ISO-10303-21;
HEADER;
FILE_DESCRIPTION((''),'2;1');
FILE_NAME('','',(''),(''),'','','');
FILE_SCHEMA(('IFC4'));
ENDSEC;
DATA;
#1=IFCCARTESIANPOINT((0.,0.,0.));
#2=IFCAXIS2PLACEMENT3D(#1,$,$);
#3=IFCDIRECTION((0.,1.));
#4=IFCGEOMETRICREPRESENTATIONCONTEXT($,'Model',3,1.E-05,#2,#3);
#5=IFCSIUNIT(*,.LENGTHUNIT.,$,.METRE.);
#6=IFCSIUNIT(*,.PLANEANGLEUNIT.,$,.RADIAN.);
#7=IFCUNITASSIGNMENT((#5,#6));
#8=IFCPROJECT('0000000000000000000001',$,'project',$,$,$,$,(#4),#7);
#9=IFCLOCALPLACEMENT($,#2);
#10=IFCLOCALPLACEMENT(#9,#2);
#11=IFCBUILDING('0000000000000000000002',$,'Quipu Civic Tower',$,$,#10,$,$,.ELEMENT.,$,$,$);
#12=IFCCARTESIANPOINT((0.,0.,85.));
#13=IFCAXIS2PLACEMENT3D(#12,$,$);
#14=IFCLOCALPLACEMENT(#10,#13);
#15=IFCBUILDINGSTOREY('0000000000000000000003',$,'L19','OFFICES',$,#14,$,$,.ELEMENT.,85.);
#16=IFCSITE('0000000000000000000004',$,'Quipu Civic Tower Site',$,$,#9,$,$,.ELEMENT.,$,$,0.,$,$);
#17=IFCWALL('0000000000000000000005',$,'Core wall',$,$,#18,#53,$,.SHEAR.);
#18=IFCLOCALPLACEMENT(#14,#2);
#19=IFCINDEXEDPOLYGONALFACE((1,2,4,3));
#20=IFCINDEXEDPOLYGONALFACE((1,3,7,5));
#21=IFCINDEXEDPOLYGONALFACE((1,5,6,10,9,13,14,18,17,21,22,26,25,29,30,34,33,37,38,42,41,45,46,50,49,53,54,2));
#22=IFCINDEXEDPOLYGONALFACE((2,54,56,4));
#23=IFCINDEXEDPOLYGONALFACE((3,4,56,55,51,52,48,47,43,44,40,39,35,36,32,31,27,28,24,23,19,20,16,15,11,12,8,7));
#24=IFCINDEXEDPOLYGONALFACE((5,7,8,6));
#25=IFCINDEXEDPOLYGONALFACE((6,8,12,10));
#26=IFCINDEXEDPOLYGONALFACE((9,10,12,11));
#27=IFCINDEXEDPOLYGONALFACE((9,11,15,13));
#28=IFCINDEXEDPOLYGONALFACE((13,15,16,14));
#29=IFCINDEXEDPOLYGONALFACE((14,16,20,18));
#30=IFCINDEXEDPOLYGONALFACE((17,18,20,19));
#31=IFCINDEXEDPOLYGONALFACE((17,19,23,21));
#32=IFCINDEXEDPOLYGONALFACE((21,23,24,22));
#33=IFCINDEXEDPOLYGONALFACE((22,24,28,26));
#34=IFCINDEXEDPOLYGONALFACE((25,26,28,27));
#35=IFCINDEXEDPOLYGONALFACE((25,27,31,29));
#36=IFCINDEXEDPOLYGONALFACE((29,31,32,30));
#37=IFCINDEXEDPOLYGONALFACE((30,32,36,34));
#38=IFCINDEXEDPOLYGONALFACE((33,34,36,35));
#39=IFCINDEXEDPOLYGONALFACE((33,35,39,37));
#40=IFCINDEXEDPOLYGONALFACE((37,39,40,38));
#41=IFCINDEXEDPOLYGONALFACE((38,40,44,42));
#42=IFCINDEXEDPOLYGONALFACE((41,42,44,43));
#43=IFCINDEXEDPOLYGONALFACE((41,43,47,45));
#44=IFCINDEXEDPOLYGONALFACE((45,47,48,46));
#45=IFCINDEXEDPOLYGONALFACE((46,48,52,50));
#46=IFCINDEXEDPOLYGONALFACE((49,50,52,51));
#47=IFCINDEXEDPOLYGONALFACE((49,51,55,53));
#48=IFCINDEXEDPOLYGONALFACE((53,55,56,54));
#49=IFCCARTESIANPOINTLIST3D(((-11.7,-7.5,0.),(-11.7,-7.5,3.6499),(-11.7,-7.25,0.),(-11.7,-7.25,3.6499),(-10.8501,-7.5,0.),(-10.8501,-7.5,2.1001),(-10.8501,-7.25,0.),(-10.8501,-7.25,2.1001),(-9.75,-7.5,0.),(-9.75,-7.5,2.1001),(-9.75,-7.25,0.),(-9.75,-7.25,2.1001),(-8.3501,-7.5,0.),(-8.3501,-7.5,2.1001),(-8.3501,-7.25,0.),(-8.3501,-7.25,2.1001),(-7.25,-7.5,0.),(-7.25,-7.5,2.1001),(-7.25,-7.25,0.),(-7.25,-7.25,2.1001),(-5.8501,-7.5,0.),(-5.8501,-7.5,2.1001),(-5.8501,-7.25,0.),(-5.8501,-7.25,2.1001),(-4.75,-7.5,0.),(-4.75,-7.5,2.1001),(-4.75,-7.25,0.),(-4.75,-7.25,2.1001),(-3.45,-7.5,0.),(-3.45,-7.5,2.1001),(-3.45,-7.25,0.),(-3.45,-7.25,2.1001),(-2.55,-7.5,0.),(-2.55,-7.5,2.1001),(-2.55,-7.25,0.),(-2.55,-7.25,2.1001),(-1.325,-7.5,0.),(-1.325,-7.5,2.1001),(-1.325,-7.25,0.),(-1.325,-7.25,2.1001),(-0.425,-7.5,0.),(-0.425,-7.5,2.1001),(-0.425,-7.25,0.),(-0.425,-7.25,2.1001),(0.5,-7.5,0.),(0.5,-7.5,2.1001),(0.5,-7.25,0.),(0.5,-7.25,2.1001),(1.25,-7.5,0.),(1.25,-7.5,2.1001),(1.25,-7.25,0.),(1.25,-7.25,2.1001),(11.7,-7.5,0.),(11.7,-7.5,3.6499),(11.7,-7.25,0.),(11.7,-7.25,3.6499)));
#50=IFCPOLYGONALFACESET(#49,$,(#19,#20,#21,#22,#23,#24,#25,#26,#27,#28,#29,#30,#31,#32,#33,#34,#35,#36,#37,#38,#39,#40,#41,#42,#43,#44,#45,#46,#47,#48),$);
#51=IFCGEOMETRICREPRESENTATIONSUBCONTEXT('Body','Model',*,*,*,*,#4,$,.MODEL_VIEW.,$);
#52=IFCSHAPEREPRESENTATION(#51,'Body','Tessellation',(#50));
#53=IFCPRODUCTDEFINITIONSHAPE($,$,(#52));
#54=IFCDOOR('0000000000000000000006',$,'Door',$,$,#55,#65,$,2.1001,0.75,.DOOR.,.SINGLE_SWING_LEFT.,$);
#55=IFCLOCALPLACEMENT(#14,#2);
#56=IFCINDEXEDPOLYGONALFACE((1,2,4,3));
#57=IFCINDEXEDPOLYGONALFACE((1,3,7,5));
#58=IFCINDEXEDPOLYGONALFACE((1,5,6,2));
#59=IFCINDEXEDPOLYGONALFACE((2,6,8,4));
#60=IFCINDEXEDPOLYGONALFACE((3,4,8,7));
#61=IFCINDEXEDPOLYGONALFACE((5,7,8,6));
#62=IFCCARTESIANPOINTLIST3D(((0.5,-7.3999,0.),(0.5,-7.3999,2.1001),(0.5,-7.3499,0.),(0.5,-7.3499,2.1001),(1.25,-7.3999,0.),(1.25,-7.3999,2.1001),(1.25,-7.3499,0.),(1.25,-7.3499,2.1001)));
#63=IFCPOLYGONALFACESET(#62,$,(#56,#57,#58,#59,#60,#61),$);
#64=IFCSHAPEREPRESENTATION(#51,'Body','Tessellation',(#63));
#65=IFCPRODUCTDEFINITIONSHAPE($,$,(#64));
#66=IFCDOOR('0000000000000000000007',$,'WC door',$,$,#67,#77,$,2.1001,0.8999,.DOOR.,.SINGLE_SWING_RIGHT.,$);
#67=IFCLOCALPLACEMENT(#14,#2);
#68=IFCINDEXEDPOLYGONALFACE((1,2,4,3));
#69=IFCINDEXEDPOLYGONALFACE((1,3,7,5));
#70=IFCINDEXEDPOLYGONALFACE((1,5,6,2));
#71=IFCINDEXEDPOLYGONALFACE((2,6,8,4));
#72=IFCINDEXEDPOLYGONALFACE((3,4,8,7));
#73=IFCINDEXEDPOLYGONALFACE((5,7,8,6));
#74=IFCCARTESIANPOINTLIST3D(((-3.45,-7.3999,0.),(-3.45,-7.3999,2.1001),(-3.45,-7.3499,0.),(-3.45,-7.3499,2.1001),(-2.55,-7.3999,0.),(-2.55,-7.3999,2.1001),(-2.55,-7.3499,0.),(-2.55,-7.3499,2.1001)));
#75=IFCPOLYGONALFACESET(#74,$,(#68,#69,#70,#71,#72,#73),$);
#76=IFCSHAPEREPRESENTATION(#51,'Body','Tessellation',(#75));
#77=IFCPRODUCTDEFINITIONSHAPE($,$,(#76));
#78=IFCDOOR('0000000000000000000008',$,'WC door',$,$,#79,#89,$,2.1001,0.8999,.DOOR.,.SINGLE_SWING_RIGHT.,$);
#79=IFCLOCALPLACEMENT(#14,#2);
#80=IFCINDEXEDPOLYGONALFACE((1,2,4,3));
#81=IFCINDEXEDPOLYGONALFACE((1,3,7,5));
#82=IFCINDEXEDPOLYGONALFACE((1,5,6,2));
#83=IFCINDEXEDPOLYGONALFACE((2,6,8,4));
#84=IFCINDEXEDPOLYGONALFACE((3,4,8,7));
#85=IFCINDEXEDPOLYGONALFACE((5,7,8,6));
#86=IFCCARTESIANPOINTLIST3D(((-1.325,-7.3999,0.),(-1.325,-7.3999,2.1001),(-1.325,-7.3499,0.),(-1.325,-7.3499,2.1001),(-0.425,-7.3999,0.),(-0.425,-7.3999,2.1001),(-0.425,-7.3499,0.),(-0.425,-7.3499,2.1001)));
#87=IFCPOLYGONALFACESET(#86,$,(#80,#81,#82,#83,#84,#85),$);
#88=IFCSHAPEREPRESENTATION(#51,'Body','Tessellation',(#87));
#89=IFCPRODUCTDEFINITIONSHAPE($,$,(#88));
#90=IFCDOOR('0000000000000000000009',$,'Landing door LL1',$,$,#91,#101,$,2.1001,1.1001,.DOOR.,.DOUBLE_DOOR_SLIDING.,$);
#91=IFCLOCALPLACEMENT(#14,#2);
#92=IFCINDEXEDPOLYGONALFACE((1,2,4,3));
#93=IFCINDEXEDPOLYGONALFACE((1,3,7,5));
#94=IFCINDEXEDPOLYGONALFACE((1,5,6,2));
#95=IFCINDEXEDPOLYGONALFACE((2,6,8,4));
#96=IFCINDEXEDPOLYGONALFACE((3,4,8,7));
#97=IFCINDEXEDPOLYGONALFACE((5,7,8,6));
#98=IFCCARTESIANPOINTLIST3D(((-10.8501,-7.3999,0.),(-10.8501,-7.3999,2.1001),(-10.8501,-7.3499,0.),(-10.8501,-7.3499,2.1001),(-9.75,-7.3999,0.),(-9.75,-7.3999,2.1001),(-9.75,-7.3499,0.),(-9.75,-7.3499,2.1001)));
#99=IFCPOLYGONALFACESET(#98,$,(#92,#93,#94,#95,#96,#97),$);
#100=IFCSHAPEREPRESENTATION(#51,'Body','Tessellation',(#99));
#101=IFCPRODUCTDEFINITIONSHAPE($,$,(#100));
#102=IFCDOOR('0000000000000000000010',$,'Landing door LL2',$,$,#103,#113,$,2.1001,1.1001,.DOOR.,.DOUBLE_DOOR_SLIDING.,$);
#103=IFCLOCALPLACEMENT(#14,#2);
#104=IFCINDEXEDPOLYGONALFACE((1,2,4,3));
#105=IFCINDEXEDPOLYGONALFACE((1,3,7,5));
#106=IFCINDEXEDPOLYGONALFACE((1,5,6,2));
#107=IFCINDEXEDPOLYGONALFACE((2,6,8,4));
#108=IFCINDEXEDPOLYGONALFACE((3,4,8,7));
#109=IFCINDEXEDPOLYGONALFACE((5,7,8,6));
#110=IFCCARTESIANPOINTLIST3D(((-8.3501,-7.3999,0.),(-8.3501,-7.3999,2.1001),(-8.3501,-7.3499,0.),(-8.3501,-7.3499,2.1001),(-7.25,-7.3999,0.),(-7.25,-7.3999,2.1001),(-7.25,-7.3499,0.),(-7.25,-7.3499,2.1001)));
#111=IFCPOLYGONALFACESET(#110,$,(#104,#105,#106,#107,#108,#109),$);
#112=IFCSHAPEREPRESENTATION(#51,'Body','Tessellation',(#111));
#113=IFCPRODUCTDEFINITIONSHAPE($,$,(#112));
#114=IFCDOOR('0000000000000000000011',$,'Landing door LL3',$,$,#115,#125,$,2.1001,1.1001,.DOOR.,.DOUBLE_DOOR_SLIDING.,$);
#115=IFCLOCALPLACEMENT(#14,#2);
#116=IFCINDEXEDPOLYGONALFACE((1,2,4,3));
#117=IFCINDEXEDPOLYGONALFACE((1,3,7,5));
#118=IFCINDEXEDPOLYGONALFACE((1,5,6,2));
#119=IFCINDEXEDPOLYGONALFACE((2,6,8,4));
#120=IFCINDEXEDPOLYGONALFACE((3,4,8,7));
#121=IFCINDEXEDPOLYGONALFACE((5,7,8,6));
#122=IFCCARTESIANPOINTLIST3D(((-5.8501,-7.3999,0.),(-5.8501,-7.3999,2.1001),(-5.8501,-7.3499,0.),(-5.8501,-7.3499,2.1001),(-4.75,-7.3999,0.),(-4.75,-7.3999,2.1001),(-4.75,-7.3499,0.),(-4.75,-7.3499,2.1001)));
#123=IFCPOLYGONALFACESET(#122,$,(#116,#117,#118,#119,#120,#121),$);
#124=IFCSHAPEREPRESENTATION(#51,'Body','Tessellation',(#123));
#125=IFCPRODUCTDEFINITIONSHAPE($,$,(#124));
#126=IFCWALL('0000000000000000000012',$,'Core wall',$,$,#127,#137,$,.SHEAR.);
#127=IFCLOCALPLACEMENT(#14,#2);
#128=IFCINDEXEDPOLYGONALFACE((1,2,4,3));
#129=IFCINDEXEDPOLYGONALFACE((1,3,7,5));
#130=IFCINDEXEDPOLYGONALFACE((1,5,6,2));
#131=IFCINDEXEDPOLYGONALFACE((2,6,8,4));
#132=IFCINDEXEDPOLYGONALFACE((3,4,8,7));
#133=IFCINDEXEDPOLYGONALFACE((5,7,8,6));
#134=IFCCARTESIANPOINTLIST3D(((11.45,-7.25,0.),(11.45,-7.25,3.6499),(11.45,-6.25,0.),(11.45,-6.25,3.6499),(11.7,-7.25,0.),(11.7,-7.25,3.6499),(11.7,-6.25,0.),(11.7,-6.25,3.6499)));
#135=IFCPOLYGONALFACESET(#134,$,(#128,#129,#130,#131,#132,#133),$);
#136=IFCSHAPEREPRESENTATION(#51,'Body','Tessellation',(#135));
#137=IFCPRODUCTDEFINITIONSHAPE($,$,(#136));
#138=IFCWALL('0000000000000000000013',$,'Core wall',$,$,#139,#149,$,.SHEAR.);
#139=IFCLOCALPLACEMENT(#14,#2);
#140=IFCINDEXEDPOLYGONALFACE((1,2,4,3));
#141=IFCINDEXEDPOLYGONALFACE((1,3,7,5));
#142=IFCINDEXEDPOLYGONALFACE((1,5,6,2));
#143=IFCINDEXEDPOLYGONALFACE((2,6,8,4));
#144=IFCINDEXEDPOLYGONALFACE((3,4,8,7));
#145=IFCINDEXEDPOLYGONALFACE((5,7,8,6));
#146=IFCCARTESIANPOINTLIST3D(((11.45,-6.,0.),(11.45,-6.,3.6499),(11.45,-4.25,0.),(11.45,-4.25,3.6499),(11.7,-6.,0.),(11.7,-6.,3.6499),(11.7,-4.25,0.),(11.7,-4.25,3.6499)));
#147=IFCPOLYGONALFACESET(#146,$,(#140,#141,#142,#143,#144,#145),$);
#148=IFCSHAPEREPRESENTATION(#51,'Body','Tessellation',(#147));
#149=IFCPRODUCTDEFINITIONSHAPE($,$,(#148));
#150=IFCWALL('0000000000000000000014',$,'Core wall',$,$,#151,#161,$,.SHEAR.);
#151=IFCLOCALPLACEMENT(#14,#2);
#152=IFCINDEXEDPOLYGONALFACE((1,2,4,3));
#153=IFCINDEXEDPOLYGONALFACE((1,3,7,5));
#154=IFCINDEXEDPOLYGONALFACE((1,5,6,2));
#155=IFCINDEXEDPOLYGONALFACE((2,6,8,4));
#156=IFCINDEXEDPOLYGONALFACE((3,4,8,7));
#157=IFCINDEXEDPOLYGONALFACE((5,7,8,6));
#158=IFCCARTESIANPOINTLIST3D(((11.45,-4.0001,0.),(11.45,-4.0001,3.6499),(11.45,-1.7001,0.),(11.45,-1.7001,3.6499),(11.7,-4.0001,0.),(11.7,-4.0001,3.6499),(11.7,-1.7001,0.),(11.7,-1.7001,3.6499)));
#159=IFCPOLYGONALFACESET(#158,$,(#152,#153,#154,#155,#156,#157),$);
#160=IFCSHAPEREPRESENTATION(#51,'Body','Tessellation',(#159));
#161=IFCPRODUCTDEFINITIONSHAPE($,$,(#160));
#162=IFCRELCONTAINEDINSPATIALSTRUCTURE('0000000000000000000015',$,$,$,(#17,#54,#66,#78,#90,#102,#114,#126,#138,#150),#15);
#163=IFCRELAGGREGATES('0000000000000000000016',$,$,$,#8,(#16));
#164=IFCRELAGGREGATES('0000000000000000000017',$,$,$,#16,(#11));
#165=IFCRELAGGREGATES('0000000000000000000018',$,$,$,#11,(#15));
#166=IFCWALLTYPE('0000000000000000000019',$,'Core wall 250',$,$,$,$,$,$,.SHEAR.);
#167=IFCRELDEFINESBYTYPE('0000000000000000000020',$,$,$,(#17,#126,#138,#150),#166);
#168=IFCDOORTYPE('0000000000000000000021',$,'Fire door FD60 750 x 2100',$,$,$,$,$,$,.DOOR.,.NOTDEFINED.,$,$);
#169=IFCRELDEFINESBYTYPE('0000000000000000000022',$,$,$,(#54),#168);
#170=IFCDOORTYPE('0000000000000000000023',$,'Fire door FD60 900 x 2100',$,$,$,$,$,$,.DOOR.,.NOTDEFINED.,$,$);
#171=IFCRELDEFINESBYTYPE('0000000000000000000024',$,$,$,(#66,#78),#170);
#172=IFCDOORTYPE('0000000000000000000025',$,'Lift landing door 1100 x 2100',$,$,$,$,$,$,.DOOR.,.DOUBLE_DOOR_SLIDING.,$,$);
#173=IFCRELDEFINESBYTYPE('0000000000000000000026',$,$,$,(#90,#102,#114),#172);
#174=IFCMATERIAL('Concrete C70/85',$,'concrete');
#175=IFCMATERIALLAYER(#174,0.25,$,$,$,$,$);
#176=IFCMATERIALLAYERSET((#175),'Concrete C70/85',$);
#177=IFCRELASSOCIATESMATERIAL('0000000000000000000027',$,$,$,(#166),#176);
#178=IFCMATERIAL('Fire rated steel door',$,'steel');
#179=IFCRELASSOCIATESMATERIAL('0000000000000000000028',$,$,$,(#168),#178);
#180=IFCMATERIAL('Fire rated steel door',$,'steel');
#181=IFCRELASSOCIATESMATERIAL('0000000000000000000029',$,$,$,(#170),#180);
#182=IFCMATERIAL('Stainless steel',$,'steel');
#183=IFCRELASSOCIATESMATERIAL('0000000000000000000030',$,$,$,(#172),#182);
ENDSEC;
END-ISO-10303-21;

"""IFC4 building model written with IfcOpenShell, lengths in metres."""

from ifc_helpers import new_model, si_unit, direction, frame, frame_2d, origin, place, context, subcontext, project, spatial, rectangle, extrude, material, layer, layer_set, type_object, element, fill, save


model = new_model("IFC4")

# Units and contexts
model_context = context("Model", 3, precision=1e-05, world=origin(), true_north=direction((0.0, 1.0)))
body_context = subcontext(model_context, "Body", "Model", "MODEL_VIEW")
ifc_project = project(units=[si_unit("LENGTHUNIT", "METRE"), si_unit("PLANEANGLEUNIT", "RADIAN")], contexts=[model_context])

# Site, building, storey
site_placement = place(None, origin())
site = spatial("IfcSite", under=ifc_project, at=site_placement, Name="Quipu Civic Tower Site", CompositionType="ELEMENT", RefElevation=0.0)
building_placement = place(site_placement, origin())
building = spatial("IfcBuilding", under=site, at=building_placement, Name="Quipu Civic Tower", CompositionType="ELEMENT")
storey_placement = place(building_placement, frame((0.0, 0.0, 85.0)))
storey = spatial("IfcBuildingStorey", under=building, at=storey_placement, Name="L19", Description="OFFICES", CompositionType="ELEMENT", Elevation=85.0)

# Shared definitions
ifc_material_1 = material(Name="Concrete C70/85", Category="concrete")
ifc_layer_1 = layer(ifc_material_1, 0.25)
ifc_layer_set_1 = layer_set([ifc_layer_1], Name="Concrete C70/85")
wall_type_1 = type_object("IfcWallType", Name="Core wall 250", PredefinedType="SHEAR", material=ifc_layer_set_1)

# Wall, openings, doors
wall_1_placement = place(storey_placement, frame((11.7, -7.375, 0.0), z_axis=(0.0, 0.0, 1.0), x_axis=(-1.0, 0.0, 0.0)))
wall_1 = element("IfcWall", 1, at=wall_1_placement, inside=storey, type_object=wall_type_1, Name="Core wall", PredefinedType="SHEAR", context=body_context, shape_type="SweptSolid", body=[
    extrude(rectangle(XDim=23.3999, YDim=0.25, at=frame_2d((11.7, 0.0))), origin(), (0.0, 0.0, 1.0), 3.6499),
])
opening_1_placement = place(wall_1_placement, frame((21.45, 0.0, 0.0)))
opening_1 = element("IfcOpeningElement", 2, at=opening_1_placement, cuts=wall_1, PredefinedType="OPENING", context=body_context, shape_type="SweptSolid", body=[
    extrude(rectangle(XDim=1.1001, YDim=2.1001, at=frame_2d((0.55, 1.05))), frame((0.0, 0.135, 0.0), z_axis=(0.0, -1.0, 0.0), x_axis=(1.0, 0.0, 0.0)), (0.0, 0.0, 1.0), 0.27),
])
opening_2_placement = place(wall_1_placement, frame((18.95, 0.0, 0.0)))
opening_2 = element("IfcOpeningElement", 3, at=opening_2_placement, cuts=wall_1, PredefinedType="OPENING", context=body_context, shape_type="SweptSolid", body=[
    extrude(rectangle(XDim=1.1001, YDim=2.1001, at=frame_2d((0.55, 1.05))), frame((0.0, 0.135, 0.0), z_axis=(0.0, -1.0, 0.0), x_axis=(1.0, 0.0, 0.0)), (0.0, 0.0, 1.0), 0.27),
])
opening_3_placement = place(wall_1_placement, frame((16.45, 0.0, 0.0)))
opening_3 = element("IfcOpeningElement", 4, at=opening_3_placement, cuts=wall_1, PredefinedType="OPENING", context=body_context, shape_type="SweptSolid", body=[
    extrude(rectangle(XDim=1.1001, YDim=2.1001, at=frame_2d((0.55, 1.05))), frame((0.0, 0.135, 0.0), z_axis=(0.0, -1.0, 0.0), x_axis=(1.0, 0.0, 0.0)), (0.0, 0.0, 1.0), 0.27),
])
opening_4_placement = place(wall_1_placement, frame((14.25, 0.0, 0.0)))
opening_4 = element("IfcOpeningElement", 5, at=opening_4_placement, cuts=wall_1, PredefinedType="OPENING", context=body_context, shape_type="SweptSolid", body=[
    extrude(rectangle(XDim=0.8999, YDim=2.1001, at=frame_2d((0.45, 1.05))), frame((0.0, 0.135, 0.0), z_axis=(0.0, -1.0, 0.0), x_axis=(1.0, 0.0, 0.0)), (0.0, 0.0, 1.0), 0.27),
])
opening_5_placement = place(wall_1_placement, frame((12.125, 0.0, 0.0)))
opening_5 = element("IfcOpeningElement", 6, at=opening_5_placement, cuts=wall_1, PredefinedType="OPENING", context=body_context, shape_type="SweptSolid", body=[
    extrude(rectangle(XDim=0.8999, YDim=2.1001, at=frame_2d((0.45, 1.05))), frame((0.0, 0.135, 0.0), z_axis=(0.0, -1.0, 0.0), x_axis=(1.0, 0.0, 0.0)), (0.0, 0.0, 1.0), 0.27),
])
opening_6_placement = place(wall_1_placement, frame((10.45, 0.0, 0.0)))
opening_6 = element("IfcOpeningElement", 7, at=opening_6_placement, cuts=wall_1, PredefinedType="OPENING", context=body_context, shape_type="SweptSolid", body=[
    extrude(rectangle(XDim=0.75, YDim=2.1001, at=frame_2d((0.375, 1.05))), frame((0.0, 0.135, 0.0), z_axis=(0.0, -1.0, 0.0), x_axis=(1.0, 0.0, 0.0)), (0.0, 0.0, 1.0), 0.27),
])
ifc_material_2 = material(Name="Fire rated steel door", Category="steel")
door_type_1 = type_object("IfcDoorType", Name="Fire door FD60 750 x 2100", OperationType="NOTDEFINED", PredefinedType="DOOR", material=ifc_material_2)
door_1_placement = place(opening_6_placement, origin())
door_1 = element("IfcDoor", 8, at=door_1_placement, inside=storey, type_object=door_type_1, Name="Door", OperationType="SINGLE_SWING_LEFT", OverallHeight=2.1001, OverallWidth=0.75, PredefinedType="DOOR", context=body_context, shape_type="SweptSolid", body=[
    extrude(rectangle(XDim=0.75, YDim=2.1001, at=frame_2d((0.375, 1.05))), frame((0.0, 0.0249, 0.0), z_axis=(0.0, -1.0, 0.0), x_axis=(1.0, 0.0, 0.0)), (0.0, 0.0, 1.0), 0.05),
])
fill(opening_6, door_1)
ifc_material_3 = material(Name="Fire rated steel door", Category="steel")
door_type_2 = type_object("IfcDoorType", Name="Fire door FD60 900 x 2100", OperationType="NOTDEFINED", PredefinedType="DOOR", material=ifc_material_3)
door_2_placement = place(opening_4_placement, origin())
door_2 = element("IfcDoor", 9, at=door_2_placement, inside=storey, type_object=door_type_2, Name="WC door", OperationType="SINGLE_SWING_RIGHT", OverallHeight=2.1001, OverallWidth=0.8999, PredefinedType="DOOR", context=body_context, shape_type="SweptSolid", body=[
    extrude(rectangle(XDim=0.8999, YDim=2.1001, at=frame_2d((0.45, 1.05))), frame((0.0, 0.0249, 0.0), z_axis=(0.0, -1.0, 0.0), x_axis=(1.0, 0.0, 0.0)), (0.0, 0.0, 1.0), 0.05),
])
fill(opening_4, door_2)
door_3_placement = place(opening_5_placement, origin())
door_3 = element("IfcDoor", 10, at=door_3_placement, inside=storey, type_object=door_type_2, Name="WC door", OperationType="SINGLE_SWING_RIGHT", OverallHeight=2.1001, OverallWidth=0.8999, PredefinedType="DOOR", context=body_context, shape_type="SweptSolid", body=[
    extrude(rectangle(XDim=0.8999, YDim=2.1001, at=frame_2d((0.45, 1.05))), frame((0.0, 0.0249, 0.0), z_axis=(0.0, -1.0, 0.0), x_axis=(1.0, 0.0, 0.0)), (0.0, 0.0, 1.0), 0.05),
])
fill(opening_5, door_3)
ifc_material_4 = material(Name="Stainless steel", Category="steel")
door_type_3 = type_object("IfcDoorType", Name="Lift landing door 1100 x 2100", OperationType="DOUBLE_DOOR_SLIDING", PredefinedType="DOOR", material=ifc_material_4)
door_4_placement = place(opening_1_placement, origin())
door_4 = element("IfcDoor", 11, at=door_4_placement, inside=storey, type_object=door_type_3, Name="Landing door LL1", OperationType="DOUBLE_DOOR_SLIDING", OverallHeight=2.1001, OverallWidth=1.1001, PredefinedType="DOOR", context=body_context, shape_type="SweptSolid", body=[
    extrude(rectangle(XDim=1.1001, YDim=2.1001, at=frame_2d((0.55, 1.05))), frame((0.0, 0.0249, 0.0), z_axis=(0.0, -1.0, 0.0), x_axis=(1.0, 0.0, 0.0)), (0.0, 0.0, 1.0), 0.05),
])
fill(opening_1, door_4)
door_5_placement = place(opening_2_placement, origin())
door_5 = element("IfcDoor", 12, at=door_5_placement, inside=storey, type_object=door_type_3, Name="Landing door LL2", OperationType="DOUBLE_DOOR_SLIDING", OverallHeight=2.1001, OverallWidth=1.1001, PredefinedType="DOOR", context=body_context, shape_type="SweptSolid", body=[
    extrude(rectangle(XDim=1.1001, YDim=2.1001, at=frame_2d((0.55, 1.05))), frame((0.0, 0.0249, 0.0), z_axis=(0.0, -1.0, 0.0), x_axis=(1.0, 0.0, 0.0)), (0.0, 0.0, 1.0), 0.05),
])
fill(opening_2, door_5)
door_6_placement = place(opening_3_placement, origin())
door_6 = element("IfcDoor", 13, at=door_6_placement, inside=storey, type_object=door_type_3, Name="Landing door LL3", OperationType="DOUBLE_DOOR_SLIDING", OverallHeight=2.1001, OverallWidth=1.1001, PredefinedType="DOOR", context=body_context, shape_type="SweptSolid", body=[
    extrude(rectangle(XDim=1.1001, YDim=2.1001, at=frame_2d((0.55, 1.05))), frame((0.0, 0.0249, 0.0), z_axis=(0.0, -1.0, 0.0), x_axis=(1.0, 0.0, 0.0)), (0.0, 0.0, 1.0), 0.05),
])
fill(opening_3, door_6)

# Walls
wall_2_placement = place(storey_placement, frame((11.575, -7.25, 0.0), z_axis=(0.0, 0.0, 1.0), x_axis=(0.0, 1.0, 0.0)))
element("IfcWall", 14, at=wall_2_placement, inside=storey, type_object=wall_type_1, Name="Core wall", PredefinedType="SHEAR", context=body_context, shape_type="SweptSolid", body=[
    extrude(rectangle(XDim=1.0, YDim=0.25, at=frame_2d((0.5, 0.0))), origin(), (0.0, 0.0, 1.0), 3.6499),
])
wall_3_placement = place(storey_placement, frame((11.575, -6.0, 0.0), z_axis=(0.0, 0.0, 1.0), x_axis=(0.0, 1.0, 0.0)))
element("IfcWall", 15, at=wall_3_placement, inside=storey, type_object=wall_type_1, Name="Core wall", PredefinedType="SHEAR", context=body_context, shape_type="SweptSolid", body=[
    extrude(rectangle(XDim=1.75, YDim=0.25, at=frame_2d((0.875, 0.0))), origin(), (0.0, 0.0, 1.0), 3.6499),
])
wall_4_placement = place(storey_placement, frame((11.575, -4.0, 0.0), z_axis=(0.0, 0.0, 1.0), x_axis=(0.0, 1.0, 0.0)))
element("IfcWall", 16, at=wall_4_placement, inside=storey, type_object=wall_type_1, Name="Core wall", PredefinedType="SHEAR", context=body_context, shape_type="SweptSolid", body=[
    extrude(rectangle(XDim=2.3, YDim=0.25, at=frame_2d((1.1499, 0.0))), origin(), (0.0, 0.0, 1.0), 3.6499),
])

save(model, "model.ifc")
